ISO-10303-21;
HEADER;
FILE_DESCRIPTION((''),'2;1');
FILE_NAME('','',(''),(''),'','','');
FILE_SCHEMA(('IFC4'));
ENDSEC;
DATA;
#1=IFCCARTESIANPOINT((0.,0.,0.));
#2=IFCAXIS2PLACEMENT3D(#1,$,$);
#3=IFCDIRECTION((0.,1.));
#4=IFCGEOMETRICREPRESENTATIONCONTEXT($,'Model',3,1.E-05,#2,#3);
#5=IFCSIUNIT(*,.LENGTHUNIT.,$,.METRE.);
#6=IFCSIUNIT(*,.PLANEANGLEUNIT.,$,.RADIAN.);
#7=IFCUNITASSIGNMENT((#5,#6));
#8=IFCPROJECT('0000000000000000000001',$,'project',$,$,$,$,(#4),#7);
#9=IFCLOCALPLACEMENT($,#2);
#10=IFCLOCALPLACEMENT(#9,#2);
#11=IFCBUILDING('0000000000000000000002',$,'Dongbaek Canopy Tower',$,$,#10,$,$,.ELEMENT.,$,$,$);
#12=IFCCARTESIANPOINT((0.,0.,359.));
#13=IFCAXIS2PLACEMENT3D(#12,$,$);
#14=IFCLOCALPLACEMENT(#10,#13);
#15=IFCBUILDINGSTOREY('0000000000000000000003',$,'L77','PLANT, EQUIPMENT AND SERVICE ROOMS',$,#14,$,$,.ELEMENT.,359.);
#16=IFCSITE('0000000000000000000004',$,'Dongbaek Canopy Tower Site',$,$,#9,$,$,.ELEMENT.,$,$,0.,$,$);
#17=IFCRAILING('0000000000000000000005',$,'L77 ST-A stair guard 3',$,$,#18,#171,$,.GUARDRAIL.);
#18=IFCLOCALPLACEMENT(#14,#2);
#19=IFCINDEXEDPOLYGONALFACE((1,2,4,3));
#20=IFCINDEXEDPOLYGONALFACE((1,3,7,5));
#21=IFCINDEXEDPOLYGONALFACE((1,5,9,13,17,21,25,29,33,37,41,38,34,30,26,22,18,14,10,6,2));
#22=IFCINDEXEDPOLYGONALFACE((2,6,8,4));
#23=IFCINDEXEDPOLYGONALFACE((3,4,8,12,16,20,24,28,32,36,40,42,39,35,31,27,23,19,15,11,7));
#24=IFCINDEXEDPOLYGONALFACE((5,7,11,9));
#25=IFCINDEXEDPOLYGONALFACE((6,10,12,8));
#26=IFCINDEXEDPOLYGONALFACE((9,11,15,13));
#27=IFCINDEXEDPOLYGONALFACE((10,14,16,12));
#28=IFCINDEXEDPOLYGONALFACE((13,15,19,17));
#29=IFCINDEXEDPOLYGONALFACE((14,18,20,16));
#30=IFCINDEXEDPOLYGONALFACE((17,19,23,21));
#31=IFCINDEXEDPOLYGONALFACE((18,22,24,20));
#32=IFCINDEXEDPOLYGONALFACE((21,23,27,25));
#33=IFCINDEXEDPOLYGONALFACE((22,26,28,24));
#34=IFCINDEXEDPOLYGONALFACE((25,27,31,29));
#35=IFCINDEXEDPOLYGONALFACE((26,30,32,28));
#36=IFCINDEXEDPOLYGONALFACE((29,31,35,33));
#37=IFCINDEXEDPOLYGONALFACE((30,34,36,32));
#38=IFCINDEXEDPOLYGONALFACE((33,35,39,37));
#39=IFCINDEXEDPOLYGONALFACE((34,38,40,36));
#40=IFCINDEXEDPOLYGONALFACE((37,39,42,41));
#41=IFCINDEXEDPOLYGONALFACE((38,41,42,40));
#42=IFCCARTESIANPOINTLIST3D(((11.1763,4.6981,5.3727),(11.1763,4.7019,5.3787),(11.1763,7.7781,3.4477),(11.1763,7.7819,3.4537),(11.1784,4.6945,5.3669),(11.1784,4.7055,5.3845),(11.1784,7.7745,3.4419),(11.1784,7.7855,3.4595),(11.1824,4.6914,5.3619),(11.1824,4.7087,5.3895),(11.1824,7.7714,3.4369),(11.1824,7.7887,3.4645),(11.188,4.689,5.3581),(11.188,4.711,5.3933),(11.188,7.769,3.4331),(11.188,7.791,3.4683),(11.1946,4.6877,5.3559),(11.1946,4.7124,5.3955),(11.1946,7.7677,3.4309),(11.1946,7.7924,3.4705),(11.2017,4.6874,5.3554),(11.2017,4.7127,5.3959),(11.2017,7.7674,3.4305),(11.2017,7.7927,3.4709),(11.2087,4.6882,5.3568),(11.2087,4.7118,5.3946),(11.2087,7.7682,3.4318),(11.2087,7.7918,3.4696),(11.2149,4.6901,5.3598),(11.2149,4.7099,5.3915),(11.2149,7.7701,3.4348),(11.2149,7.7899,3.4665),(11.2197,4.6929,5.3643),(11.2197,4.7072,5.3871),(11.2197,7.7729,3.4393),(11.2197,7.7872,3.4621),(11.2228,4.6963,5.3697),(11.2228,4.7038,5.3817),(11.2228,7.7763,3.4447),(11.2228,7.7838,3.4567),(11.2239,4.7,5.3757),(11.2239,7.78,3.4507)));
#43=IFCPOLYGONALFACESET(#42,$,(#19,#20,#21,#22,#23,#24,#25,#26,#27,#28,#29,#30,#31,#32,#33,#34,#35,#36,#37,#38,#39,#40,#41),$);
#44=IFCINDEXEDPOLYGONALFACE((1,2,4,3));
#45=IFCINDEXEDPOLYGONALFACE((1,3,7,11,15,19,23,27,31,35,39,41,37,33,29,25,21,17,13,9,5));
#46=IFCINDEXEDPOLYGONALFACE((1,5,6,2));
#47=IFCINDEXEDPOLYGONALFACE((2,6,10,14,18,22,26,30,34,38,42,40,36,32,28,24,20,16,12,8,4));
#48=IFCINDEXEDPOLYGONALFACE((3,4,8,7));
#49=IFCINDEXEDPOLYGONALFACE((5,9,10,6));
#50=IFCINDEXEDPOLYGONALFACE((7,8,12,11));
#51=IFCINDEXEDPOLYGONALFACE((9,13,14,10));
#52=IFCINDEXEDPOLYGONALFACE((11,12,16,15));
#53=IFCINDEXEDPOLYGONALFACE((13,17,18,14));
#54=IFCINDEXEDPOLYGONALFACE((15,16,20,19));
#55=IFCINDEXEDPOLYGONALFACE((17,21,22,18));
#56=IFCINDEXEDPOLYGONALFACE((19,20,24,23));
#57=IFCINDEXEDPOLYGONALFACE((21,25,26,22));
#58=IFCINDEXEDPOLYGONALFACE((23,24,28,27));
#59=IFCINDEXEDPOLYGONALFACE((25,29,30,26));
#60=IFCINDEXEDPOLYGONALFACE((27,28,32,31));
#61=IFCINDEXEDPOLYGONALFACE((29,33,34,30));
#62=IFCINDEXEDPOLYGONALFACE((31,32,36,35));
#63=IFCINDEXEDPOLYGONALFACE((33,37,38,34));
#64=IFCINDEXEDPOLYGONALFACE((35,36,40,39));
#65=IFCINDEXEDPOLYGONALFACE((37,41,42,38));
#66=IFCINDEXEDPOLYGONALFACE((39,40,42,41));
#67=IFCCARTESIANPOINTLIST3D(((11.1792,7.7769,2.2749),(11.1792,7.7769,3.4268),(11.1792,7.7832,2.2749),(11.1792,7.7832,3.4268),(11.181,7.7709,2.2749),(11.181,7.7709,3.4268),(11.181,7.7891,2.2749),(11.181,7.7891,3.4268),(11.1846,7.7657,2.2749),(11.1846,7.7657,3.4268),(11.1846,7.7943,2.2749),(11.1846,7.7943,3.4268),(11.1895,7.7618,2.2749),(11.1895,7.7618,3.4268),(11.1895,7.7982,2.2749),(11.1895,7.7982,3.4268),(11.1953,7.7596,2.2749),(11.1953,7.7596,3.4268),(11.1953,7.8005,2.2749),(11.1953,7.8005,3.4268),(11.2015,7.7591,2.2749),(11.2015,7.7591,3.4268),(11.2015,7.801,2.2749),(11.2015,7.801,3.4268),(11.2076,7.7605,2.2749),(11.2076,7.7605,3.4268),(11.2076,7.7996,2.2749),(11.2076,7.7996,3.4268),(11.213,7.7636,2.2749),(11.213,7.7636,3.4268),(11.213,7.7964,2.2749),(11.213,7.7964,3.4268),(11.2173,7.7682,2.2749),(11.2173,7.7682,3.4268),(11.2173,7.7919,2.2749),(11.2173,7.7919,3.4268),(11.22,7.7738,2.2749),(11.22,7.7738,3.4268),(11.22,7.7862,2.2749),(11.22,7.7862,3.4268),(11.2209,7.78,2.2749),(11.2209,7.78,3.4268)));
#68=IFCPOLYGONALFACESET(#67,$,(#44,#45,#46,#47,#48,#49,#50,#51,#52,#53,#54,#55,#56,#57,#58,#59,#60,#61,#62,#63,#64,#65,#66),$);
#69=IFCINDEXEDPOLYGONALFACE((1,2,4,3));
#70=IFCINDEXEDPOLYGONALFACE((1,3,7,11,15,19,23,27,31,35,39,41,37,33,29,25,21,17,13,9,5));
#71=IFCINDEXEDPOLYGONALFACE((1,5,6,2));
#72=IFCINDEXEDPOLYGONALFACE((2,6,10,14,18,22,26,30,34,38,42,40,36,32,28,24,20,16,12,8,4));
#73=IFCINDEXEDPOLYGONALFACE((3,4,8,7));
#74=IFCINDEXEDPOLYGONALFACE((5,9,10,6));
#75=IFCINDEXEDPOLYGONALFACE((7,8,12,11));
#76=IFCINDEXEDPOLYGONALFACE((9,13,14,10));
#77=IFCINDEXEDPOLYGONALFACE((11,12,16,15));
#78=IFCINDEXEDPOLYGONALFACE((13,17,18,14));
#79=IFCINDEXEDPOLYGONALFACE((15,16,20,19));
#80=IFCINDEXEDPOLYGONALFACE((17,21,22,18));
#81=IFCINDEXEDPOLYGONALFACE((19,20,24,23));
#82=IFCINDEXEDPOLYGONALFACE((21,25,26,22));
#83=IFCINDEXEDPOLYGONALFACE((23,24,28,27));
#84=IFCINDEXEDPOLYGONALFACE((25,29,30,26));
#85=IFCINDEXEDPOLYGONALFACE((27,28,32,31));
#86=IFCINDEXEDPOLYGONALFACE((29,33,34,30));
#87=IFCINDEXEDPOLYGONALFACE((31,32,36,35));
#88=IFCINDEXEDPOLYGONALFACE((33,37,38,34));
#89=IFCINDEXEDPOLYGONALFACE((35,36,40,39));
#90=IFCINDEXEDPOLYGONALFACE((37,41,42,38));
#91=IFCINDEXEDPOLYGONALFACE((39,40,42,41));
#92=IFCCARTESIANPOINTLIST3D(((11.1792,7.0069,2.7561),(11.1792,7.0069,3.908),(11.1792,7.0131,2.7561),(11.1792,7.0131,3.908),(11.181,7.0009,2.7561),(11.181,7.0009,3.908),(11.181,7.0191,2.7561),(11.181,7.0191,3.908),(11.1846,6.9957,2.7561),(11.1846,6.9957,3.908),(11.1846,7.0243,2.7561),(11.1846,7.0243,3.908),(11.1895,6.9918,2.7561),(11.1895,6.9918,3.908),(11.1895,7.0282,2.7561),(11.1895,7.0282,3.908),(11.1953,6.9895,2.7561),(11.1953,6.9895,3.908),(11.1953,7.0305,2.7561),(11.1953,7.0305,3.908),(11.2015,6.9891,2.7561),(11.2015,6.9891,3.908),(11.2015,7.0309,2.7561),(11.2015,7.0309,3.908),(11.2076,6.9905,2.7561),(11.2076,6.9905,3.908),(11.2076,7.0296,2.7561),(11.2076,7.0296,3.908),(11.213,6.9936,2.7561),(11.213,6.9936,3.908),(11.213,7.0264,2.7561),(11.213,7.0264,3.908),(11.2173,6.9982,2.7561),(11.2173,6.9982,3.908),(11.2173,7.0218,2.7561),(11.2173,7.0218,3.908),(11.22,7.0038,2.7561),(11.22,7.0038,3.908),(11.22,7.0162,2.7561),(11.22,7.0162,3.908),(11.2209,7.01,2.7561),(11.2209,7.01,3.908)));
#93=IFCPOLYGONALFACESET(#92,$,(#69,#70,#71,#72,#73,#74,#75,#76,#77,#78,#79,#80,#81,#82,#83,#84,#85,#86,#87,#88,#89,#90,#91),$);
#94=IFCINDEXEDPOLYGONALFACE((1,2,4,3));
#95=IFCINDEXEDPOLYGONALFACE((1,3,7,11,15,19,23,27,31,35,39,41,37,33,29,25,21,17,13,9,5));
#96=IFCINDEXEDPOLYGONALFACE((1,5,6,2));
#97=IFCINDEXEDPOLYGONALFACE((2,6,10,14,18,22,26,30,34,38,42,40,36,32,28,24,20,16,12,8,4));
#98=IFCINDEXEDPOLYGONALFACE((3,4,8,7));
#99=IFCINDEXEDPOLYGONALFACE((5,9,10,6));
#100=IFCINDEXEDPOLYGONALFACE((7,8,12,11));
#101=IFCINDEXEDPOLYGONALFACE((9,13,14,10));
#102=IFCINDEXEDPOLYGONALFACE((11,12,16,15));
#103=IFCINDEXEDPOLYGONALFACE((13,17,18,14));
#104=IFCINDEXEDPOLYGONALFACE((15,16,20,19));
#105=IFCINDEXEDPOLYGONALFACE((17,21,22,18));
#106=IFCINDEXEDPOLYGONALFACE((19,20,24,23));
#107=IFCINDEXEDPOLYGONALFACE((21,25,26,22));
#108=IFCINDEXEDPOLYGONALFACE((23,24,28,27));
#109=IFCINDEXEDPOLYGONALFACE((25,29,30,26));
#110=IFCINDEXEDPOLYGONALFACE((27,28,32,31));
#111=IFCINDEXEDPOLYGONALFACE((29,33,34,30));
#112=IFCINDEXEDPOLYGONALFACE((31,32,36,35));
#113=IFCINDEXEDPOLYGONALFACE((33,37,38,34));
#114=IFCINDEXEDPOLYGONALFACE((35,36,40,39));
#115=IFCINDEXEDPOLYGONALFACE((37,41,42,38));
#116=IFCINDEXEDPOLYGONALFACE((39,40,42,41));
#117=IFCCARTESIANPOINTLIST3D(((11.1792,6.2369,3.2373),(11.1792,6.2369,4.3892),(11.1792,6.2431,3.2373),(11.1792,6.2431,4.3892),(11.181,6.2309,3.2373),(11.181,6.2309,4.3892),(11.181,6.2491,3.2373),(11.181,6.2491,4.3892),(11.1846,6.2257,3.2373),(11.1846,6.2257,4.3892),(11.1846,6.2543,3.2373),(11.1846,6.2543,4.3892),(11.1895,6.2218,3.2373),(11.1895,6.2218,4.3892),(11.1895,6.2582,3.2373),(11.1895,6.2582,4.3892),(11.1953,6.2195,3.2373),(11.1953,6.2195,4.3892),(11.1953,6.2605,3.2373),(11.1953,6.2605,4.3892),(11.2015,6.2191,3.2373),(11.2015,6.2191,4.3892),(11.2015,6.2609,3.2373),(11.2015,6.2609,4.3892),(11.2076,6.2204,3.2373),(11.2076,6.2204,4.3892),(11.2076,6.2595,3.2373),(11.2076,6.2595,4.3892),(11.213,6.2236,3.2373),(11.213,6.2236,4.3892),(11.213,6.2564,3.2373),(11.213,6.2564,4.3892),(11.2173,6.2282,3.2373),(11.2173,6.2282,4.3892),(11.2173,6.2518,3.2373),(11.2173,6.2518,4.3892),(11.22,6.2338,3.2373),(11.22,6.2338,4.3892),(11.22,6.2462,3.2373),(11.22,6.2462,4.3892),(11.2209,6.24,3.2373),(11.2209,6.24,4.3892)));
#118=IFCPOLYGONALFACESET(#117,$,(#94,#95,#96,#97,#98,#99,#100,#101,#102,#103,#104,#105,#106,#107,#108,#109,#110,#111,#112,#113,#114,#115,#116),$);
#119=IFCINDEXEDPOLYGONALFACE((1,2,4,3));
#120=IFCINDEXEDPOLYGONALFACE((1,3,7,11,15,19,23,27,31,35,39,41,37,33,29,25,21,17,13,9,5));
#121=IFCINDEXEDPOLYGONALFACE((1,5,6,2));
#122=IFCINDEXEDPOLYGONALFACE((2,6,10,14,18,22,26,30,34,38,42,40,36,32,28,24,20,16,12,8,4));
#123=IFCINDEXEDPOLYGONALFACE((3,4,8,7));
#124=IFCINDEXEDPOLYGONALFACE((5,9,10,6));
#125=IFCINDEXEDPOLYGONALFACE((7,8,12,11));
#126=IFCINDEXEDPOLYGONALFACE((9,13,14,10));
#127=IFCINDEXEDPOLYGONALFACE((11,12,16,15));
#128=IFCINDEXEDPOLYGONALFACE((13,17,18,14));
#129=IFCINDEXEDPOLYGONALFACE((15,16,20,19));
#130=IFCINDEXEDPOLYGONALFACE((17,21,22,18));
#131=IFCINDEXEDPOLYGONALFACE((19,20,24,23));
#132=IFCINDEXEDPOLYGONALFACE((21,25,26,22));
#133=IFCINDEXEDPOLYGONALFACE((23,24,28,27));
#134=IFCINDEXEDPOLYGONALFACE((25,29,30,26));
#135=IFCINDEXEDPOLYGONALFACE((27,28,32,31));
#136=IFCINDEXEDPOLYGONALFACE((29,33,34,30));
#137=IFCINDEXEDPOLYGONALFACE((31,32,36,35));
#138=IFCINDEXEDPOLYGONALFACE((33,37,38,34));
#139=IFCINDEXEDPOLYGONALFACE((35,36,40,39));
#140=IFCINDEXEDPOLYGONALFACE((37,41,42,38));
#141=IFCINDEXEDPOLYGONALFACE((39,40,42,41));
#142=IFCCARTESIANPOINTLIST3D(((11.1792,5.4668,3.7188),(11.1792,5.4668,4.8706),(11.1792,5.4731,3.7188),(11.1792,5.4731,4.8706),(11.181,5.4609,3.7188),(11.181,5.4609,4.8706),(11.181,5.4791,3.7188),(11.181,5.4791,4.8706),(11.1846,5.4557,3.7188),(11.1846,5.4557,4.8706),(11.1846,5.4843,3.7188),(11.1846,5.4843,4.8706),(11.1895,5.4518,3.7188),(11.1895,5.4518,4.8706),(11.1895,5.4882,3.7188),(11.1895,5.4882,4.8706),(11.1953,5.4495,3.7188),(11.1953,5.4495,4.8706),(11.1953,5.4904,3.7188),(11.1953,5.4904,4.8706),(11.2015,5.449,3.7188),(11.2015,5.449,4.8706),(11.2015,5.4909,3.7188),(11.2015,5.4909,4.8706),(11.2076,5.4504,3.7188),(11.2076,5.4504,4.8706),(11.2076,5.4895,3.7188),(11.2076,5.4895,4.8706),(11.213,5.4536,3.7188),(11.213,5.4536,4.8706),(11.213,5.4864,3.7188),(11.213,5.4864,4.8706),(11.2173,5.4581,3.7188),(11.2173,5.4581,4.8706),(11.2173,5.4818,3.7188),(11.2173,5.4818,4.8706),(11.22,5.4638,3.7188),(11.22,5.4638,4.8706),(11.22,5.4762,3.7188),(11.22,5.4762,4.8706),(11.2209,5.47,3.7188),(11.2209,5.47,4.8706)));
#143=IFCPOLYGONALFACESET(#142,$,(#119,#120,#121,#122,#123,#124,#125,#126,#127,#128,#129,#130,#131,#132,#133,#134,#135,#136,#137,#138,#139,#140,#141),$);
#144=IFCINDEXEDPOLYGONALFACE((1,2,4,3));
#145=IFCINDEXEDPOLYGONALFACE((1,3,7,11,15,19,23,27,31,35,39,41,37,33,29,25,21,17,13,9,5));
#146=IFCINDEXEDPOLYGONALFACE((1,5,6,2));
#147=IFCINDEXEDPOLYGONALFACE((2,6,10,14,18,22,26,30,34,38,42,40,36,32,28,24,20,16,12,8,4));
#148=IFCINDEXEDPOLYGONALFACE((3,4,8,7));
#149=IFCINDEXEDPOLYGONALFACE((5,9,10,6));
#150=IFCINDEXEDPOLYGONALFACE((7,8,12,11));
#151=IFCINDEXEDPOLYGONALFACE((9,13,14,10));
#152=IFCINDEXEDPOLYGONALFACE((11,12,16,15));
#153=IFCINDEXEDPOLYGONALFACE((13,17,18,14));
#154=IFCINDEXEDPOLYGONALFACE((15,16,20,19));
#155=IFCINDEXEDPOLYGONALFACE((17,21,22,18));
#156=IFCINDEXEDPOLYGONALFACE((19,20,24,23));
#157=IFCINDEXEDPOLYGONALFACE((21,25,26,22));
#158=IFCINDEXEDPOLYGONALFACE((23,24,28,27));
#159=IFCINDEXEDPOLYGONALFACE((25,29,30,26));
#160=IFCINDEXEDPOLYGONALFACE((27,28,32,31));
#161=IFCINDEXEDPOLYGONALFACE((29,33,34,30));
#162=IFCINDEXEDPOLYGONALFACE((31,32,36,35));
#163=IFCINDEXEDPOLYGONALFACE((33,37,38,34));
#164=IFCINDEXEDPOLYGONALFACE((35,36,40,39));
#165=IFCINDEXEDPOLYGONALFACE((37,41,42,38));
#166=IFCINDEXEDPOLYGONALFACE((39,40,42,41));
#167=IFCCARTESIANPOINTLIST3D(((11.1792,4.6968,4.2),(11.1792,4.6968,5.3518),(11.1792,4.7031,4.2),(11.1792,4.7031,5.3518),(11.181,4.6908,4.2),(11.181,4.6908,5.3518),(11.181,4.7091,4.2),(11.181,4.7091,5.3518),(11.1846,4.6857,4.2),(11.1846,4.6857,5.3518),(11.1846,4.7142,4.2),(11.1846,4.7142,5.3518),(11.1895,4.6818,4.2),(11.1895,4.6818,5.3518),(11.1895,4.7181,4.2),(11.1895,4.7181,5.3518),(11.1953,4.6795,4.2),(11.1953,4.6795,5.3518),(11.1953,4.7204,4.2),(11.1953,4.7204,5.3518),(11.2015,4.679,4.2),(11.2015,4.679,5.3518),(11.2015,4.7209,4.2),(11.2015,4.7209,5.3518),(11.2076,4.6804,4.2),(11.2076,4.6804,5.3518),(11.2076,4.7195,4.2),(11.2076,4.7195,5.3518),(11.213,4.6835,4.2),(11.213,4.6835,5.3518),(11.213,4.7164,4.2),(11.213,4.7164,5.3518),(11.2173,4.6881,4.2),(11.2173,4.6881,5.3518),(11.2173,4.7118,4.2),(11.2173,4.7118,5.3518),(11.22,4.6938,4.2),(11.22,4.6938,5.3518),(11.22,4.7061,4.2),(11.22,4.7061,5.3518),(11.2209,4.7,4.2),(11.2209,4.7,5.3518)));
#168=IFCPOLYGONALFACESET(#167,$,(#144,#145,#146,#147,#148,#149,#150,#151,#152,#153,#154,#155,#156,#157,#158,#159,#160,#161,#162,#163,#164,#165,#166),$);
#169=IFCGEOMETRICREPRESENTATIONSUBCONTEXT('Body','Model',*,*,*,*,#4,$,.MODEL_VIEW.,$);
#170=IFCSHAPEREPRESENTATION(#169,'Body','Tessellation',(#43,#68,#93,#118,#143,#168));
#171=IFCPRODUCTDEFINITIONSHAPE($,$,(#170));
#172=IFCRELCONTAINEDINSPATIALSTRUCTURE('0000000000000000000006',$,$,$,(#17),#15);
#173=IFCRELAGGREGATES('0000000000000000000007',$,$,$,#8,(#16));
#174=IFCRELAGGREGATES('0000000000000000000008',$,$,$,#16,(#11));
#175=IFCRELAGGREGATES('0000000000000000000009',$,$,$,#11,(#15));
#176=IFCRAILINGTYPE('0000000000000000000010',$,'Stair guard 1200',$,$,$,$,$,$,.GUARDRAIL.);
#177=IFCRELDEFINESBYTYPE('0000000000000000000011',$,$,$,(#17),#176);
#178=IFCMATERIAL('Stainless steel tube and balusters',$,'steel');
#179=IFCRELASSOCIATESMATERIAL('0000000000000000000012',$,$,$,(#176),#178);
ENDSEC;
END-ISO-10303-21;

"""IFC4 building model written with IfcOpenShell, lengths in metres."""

from ifc_helpers import new_model, si_unit, direction, frame, origin, origin_2d, place, context, subcontext, project, spatial, circle, extrude, material, type_object, element, save


model = new_model("IFC4")

# Units and contexts
model_context = context("Model", 3, precision=1e-05, world=origin(), true_north=direction((0.0, 1.0)))
body_context = subcontext(model_context, "Body", "Model", "MODEL_VIEW")
ifc_project = project(units=[si_unit("LENGTHUNIT", "METRE"), si_unit("PLANEANGLEUNIT", "RADIAN")], contexts=[model_context])

# Site, building, storey
site_placement = place(None, origin())
site = spatial("IfcSite", under=ifc_project, at=site_placement, Name="Dongbaek Canopy Tower Site", CompositionType="ELEMENT", RefElevation=0.0)
building_placement = place(site_placement, origin())
building = spatial("IfcBuilding", under=site, at=building_placement, Name="Dongbaek Canopy Tower", CompositionType="ELEMENT")
storey_placement = place(building_placement, frame((0.0, 0.0, 359.0)))
storey = spatial("IfcBuildingStorey", under=building, at=storey_placement, Name="L77", Description="PLANT, EQUIPMENT AND SERVICE ROOMS", CompositionType="ELEMENT", Elevation=359.0)

# Railing
ifc_material_1 = material(Name="Stainless steel tube and balusters", Category="steel")
railing_type_1 = type_object("IfcRailingType", Name="Stair guard 1200", PredefinedType="GUARDRAIL", material=ifc_material_1)
railing_1_placement = place(storey_placement, frame((11.2, 7.78, 2.2749)))
element("IfcRailing", 1, at=railing_1_placement, inside=storey, type_object=railing_type_1, Name="L77 ST-A stair guard 3", PredefinedType="GUARDRAIL", context=body_context, shape_type="SweptSolid", body=[
    extrude(circle(Radius=0.0239, at=origin_2d()), frame((0.0, 0.0, 1.1758), z_axis=(0.0, -0.847998, 0.529999), x_axis=(1.0, 0.0, 0.0)), (0.0, 0.0, 1.0), 3.6321),
    extrude(circle(Radius=0.021, at=origin_2d()), origin(), (0.0, 0.0, 1.0), 1.1519),
    extrude(circle(Radius=0.021, at=origin_2d()), frame((0.0, -0.77, 0.4812)), (0.0, 0.0, 1.0), 1.1519),
    extrude(circle(Radius=0.021, at=origin_2d()), frame((0.0, -1.54, 0.9624)), (0.0, 0.0, 1.0), 1.1519),
    extrude(circle(Radius=0.021, at=origin_2d()), frame((0.0, -2.3101, 1.4438)), (0.0, 0.0, 1.0), 1.1519),
    extrude(circle(Radius=0.021, at=origin_2d()), frame((0.0, -3.0801, 1.925)), (0.0, 0.0, 1.0), 1.1519),
])

save(model, "model.ifc")
